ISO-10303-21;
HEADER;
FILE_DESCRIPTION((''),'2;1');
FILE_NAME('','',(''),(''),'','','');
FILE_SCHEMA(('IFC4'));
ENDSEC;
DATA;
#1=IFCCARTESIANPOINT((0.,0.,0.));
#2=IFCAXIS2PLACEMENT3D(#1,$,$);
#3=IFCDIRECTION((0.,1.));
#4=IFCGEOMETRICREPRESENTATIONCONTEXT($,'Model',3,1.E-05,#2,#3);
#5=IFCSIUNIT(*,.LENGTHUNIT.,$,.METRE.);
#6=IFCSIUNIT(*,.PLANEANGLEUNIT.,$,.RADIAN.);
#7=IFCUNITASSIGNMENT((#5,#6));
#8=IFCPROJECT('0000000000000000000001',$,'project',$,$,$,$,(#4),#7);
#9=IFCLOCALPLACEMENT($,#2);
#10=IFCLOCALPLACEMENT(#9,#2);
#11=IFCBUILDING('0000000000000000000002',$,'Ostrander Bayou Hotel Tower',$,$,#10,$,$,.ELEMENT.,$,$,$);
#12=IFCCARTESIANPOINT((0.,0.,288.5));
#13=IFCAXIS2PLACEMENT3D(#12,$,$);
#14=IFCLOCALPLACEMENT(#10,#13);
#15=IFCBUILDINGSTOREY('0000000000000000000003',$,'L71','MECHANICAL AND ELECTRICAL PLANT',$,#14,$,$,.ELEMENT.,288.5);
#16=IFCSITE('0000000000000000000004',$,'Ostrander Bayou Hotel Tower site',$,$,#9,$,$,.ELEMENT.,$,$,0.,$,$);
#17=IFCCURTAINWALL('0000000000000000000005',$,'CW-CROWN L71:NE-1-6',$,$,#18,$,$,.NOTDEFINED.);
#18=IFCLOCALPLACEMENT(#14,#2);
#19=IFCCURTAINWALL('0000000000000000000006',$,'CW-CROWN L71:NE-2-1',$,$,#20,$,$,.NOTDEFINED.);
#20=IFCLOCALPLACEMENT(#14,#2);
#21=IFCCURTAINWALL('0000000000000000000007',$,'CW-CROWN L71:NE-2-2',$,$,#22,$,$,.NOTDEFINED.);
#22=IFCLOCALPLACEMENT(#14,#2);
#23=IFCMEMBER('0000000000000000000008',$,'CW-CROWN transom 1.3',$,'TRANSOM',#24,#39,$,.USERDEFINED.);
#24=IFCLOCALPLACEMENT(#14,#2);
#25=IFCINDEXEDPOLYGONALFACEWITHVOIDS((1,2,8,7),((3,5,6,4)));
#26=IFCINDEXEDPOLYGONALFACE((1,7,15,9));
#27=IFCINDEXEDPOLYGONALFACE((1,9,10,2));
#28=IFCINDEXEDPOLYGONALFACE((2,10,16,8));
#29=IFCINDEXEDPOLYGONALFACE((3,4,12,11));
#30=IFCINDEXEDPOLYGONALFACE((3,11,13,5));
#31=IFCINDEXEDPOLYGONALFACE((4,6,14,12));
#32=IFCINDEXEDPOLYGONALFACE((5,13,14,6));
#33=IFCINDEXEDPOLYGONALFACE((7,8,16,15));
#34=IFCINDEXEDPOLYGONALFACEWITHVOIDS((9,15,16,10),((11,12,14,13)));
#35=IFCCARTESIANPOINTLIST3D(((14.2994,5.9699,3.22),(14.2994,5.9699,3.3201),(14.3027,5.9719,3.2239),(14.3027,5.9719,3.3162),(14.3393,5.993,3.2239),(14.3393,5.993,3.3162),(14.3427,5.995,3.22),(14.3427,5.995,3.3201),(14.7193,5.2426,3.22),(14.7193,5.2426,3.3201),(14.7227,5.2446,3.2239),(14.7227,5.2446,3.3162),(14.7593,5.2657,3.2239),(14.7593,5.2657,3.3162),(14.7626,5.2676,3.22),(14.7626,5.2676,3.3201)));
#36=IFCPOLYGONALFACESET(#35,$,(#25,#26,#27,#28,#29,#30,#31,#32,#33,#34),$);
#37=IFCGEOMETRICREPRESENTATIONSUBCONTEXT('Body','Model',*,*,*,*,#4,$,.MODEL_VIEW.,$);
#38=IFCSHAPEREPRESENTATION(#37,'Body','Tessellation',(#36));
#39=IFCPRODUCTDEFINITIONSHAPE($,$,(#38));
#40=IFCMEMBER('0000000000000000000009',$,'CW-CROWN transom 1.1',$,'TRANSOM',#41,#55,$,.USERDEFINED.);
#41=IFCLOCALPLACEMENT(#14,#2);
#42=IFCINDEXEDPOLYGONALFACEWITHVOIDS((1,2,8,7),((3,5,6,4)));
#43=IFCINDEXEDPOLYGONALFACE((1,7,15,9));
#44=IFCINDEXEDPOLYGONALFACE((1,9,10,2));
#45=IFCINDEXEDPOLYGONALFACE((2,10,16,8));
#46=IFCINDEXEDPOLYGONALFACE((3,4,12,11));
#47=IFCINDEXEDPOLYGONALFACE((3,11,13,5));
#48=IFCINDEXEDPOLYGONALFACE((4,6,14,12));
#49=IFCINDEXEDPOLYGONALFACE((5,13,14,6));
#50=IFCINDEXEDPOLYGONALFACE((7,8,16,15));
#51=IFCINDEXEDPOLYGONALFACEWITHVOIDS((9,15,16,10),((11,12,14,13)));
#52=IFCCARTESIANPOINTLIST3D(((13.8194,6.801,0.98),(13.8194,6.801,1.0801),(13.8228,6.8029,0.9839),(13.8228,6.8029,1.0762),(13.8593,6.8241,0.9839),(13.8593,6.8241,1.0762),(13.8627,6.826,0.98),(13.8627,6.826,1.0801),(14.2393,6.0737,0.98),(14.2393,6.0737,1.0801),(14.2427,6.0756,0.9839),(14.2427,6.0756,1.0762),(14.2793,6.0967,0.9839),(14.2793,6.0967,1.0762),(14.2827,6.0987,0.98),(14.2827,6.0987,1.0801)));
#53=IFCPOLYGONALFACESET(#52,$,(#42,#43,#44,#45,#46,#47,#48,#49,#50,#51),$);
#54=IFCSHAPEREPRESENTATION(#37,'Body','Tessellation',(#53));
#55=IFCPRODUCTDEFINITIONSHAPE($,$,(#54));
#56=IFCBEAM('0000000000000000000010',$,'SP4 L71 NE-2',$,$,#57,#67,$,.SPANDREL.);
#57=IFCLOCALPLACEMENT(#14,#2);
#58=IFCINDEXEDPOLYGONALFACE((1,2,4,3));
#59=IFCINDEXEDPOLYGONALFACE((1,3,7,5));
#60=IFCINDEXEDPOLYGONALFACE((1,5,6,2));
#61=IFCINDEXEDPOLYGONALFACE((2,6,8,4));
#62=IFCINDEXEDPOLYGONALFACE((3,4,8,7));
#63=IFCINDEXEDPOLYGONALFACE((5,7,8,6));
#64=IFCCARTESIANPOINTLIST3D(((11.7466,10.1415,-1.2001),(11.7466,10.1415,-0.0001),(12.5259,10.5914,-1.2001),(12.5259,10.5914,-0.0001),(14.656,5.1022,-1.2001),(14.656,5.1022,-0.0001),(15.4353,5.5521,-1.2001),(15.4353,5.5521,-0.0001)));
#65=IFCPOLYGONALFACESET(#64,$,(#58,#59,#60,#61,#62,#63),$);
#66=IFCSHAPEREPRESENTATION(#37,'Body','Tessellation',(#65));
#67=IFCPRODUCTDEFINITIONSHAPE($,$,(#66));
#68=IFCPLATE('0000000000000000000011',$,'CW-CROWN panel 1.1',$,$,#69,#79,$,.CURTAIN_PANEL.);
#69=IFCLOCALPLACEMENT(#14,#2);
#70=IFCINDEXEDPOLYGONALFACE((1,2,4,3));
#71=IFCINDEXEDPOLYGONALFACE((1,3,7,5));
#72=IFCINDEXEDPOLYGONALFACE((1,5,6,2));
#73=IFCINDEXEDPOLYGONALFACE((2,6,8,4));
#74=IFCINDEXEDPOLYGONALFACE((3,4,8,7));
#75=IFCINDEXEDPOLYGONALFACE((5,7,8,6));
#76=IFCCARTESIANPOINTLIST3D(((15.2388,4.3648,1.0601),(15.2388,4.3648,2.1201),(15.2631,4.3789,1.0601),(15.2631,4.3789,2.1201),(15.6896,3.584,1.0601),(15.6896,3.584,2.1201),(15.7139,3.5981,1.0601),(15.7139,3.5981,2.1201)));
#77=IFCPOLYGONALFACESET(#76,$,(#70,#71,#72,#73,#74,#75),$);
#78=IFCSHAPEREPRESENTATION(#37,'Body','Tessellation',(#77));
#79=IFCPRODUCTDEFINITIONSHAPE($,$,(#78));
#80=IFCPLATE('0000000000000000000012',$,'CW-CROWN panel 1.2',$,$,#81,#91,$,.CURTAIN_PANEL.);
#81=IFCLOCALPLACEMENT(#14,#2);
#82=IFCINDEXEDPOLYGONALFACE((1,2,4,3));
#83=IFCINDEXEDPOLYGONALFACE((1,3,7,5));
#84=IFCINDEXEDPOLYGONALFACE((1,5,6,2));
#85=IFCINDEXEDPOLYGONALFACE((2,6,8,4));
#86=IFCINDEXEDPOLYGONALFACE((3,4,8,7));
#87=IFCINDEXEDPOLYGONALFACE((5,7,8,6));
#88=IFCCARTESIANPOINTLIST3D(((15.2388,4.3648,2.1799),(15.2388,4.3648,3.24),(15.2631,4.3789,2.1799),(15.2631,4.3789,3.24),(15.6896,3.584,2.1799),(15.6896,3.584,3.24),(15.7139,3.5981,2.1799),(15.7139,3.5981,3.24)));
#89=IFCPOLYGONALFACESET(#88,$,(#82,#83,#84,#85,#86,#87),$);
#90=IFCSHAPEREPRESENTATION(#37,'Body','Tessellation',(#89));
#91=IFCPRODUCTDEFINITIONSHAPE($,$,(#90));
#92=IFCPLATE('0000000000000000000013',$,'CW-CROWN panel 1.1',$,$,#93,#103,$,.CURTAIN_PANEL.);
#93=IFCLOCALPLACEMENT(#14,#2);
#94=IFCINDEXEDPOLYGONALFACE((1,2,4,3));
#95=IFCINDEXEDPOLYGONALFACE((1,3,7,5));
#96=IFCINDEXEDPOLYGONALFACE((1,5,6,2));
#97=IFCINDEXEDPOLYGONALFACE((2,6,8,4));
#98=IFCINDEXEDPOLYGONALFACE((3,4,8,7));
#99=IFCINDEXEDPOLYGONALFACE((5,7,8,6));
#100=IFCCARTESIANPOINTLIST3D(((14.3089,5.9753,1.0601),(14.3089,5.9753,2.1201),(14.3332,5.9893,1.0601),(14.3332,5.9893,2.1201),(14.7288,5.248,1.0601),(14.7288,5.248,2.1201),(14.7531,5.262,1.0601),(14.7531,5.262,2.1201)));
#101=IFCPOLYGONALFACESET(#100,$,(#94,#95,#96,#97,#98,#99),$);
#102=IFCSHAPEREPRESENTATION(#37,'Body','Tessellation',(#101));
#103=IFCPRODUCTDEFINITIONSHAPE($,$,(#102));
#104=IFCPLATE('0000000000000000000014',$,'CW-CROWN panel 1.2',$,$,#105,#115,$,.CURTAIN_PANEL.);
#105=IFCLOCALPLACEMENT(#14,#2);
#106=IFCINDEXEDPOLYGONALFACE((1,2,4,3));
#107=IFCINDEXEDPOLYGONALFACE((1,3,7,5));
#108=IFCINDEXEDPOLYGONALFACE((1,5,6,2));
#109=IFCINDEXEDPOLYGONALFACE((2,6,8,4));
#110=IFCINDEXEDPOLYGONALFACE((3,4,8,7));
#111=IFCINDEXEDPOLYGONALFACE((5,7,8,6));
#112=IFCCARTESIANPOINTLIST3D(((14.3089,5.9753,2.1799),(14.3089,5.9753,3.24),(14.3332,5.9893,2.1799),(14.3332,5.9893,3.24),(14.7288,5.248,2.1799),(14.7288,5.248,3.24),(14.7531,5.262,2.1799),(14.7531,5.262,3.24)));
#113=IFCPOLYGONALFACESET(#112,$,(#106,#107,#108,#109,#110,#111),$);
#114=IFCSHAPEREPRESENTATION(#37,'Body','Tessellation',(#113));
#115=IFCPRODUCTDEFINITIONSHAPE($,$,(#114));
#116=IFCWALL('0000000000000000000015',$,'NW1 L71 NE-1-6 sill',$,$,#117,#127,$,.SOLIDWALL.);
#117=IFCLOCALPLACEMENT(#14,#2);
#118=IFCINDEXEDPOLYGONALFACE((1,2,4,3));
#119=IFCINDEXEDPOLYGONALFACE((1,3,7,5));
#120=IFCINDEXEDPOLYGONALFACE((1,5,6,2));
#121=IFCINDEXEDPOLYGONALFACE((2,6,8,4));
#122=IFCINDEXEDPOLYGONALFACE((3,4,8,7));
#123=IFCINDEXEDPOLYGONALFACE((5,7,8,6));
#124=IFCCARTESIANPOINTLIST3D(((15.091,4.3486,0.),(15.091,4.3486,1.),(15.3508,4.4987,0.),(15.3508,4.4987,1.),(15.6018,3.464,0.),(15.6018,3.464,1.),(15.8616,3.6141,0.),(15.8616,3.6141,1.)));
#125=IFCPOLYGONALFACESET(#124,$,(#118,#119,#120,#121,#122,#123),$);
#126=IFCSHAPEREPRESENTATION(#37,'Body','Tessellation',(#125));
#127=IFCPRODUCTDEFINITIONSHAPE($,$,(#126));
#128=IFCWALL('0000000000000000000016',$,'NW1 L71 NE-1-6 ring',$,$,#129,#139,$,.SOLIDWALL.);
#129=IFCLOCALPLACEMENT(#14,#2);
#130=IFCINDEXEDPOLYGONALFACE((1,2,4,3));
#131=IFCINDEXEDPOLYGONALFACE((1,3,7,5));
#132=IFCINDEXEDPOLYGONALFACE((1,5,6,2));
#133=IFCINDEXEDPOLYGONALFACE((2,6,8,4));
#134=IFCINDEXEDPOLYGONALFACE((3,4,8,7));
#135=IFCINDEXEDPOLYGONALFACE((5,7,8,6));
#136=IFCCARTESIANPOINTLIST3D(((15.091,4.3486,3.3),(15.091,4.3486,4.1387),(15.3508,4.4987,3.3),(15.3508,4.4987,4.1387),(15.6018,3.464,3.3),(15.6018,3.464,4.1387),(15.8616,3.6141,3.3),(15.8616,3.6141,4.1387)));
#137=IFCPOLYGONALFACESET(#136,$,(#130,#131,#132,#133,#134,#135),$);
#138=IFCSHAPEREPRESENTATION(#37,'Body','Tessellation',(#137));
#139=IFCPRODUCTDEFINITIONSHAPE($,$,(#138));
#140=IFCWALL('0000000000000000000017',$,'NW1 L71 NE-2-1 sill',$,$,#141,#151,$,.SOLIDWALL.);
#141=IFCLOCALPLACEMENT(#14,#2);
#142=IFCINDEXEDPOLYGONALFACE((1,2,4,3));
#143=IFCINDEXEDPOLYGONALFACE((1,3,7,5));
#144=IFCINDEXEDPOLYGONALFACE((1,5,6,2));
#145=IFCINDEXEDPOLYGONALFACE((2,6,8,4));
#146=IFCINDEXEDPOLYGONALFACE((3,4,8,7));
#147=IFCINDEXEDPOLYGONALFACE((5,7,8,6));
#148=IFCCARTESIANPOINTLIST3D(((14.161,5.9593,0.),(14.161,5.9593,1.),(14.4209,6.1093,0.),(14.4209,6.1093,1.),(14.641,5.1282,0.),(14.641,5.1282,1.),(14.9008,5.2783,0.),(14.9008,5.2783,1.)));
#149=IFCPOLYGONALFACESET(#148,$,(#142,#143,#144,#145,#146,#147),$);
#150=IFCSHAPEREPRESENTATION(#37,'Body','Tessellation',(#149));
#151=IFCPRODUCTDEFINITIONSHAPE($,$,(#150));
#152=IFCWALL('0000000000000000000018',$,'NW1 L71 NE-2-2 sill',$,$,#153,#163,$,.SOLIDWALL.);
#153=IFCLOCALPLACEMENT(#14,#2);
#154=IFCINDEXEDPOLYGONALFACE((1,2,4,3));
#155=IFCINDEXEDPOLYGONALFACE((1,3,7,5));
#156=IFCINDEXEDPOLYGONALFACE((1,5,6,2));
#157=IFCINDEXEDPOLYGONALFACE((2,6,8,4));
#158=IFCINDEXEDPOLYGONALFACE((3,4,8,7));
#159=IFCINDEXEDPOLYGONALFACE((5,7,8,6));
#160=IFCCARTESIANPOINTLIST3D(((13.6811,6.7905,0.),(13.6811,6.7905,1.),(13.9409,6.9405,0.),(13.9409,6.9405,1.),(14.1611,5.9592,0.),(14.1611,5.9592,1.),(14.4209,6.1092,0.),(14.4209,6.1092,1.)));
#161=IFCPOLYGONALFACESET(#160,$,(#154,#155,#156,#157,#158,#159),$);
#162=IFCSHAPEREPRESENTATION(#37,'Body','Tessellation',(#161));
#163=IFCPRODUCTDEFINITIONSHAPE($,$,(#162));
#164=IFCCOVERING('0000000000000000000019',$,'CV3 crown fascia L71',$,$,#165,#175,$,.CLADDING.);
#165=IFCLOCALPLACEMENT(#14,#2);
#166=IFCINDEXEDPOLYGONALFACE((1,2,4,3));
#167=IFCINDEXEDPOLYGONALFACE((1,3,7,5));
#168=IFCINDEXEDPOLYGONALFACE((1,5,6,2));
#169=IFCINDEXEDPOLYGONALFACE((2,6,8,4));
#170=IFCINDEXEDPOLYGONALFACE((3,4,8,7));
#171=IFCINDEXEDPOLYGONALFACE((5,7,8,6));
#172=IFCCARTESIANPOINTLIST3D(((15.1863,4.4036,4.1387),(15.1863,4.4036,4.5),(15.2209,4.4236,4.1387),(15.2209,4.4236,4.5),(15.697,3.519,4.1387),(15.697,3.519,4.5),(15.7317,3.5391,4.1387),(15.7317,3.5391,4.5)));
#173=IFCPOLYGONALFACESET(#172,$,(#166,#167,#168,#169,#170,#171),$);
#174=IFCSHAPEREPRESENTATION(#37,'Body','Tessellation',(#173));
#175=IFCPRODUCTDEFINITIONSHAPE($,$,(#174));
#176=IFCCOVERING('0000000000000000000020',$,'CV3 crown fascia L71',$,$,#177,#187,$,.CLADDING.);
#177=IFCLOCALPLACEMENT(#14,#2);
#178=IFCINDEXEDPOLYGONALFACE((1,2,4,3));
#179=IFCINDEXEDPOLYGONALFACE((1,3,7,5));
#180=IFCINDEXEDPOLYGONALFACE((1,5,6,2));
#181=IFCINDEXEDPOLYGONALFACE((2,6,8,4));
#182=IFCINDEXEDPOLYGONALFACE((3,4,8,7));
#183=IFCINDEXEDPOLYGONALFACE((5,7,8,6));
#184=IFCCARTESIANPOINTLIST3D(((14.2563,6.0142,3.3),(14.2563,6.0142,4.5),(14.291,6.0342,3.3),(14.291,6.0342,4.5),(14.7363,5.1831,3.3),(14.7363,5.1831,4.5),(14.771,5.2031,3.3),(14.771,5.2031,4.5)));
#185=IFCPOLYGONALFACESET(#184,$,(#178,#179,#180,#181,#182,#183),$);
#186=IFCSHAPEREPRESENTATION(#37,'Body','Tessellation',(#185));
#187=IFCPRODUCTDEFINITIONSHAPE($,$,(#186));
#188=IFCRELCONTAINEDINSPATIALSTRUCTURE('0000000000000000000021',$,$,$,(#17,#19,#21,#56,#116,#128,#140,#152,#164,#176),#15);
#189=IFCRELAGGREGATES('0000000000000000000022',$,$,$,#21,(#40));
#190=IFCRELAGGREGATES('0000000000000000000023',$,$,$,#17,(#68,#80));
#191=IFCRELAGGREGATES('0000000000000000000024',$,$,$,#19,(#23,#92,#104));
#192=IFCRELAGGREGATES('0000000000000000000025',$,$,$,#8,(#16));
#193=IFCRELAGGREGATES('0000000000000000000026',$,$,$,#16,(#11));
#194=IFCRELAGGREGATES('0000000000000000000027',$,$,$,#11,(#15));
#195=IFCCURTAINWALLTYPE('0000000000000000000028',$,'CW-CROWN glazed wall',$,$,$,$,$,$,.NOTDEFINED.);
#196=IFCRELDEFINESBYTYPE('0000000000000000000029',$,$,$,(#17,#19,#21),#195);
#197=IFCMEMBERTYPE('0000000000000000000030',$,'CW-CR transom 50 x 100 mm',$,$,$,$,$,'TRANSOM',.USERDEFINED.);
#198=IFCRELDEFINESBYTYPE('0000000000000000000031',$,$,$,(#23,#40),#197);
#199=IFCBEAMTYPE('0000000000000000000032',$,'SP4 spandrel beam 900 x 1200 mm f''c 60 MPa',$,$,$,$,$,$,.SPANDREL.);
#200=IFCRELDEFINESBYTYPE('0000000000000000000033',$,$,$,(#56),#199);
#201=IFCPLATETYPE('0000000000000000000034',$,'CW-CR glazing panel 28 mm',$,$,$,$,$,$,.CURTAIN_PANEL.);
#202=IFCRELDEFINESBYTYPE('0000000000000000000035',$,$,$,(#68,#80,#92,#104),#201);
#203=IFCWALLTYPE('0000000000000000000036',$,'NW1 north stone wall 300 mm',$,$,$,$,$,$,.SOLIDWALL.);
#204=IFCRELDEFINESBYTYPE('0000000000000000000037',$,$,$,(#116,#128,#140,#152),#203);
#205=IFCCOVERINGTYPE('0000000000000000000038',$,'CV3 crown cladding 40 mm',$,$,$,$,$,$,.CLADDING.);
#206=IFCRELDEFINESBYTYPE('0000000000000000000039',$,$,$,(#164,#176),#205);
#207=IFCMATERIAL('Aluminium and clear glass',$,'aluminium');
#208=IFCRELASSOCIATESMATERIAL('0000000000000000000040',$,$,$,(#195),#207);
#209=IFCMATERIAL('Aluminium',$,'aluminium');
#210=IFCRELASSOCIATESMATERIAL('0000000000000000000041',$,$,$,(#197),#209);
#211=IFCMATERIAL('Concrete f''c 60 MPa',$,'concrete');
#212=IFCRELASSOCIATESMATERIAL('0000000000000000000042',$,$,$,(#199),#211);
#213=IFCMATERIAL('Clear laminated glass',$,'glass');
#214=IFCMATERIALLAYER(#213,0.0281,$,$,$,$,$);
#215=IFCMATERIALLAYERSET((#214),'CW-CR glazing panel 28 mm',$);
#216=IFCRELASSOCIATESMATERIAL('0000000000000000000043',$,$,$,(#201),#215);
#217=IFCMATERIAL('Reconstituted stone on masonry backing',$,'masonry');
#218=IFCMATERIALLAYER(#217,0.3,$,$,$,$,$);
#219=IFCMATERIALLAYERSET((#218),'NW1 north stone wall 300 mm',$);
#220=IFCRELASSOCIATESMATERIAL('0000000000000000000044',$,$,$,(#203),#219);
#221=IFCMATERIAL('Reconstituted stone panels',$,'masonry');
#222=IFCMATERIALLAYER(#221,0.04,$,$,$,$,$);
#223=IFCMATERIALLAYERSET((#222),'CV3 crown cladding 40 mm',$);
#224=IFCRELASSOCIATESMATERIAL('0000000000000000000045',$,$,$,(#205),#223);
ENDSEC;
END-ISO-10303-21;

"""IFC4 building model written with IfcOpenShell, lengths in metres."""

from ifc_helpers import new_model, si_unit, direction, frame, frame_2d, origin, origin_2d, place, context, subcontext, project, spatial, polyline, rectangle, hollow_rectangle, outline, extrude, material, layer, layer_set, material_profile, profile_set, type_object, element, aggregate, save


model = new_model("IFC4")

# Units and contexts
model_context = context("Model", 3, precision=1e-05, world=origin(), true_north=direction((0.0, 1.0)))
body_context = subcontext(model_context, "Body", "Model", "MODEL_VIEW")
ifc_project = project(units=[si_unit("LENGTHUNIT", "METRE"), si_unit("PLANEANGLEUNIT", "RADIAN")], contexts=[model_context])

# Site, building, storey
site_placement = place(None, origin())
site = spatial("IfcSite", under=ifc_project, at=site_placement, Name="Ostrander Bayou Hotel Tower site", CompositionType="ELEMENT", RefElevation=0.0)
building_placement = place(site_placement, origin())
building = spatial("IfcBuilding", under=site, at=building_placement, Name="Ostrander Bayou Hotel Tower", CompositionType="ELEMENT")
storey_placement = place(building_placement, frame((0.0, 0.0, 288.5)))
storey = spatial("IfcBuildingStorey", under=building, at=storey_placement, Name="L71", Description="MECHANICAL AND ELECTRICAL PLANT", CompositionType="ELEMENT", Elevation=288.5)

# Curtain walls
ifc_material_1 = material(Name="Aluminium and clear glass", Category="aluminium")
curtain_wall_type = type_object("IfcCurtainWallType", Name="CW-CROWN glazed wall", PredefinedType="NOTDEFINED", material=ifc_material_1)
curtain_wall_1_placement = place(storey_placement, origin())
curtain_wall_1 = element("IfcCurtainWall", 1, at=curtain_wall_1_placement, inside=storey, type_object=curtain_wall_type, Name="CW-CROWN L71:NE-1-6", PredefinedType="NOTDEFINED")
curtain_wall_2_placement = place(storey_placement, origin())
curtain_wall_2 = element("IfcCurtainWall", 2, at=curtain_wall_2_placement, inside=storey, type_object=curtain_wall_type, Name="CW-CROWN L71:NE-2-1", PredefinedType="NOTDEFINED")

# Curtain wall
curtain_wall_3_placement = place(storey_placement, origin())
curtain_wall_3 = element("IfcCurtainWall", 3, at=curtain_wall_3_placement, inside=storey, type_object=curtain_wall_type, Name="CW-CROWN L71:NE-2-2", PredefinedType="NOTDEFINED")

# Members
ifc_material_2 = material(Name="Aluminium", Category="aluminium")
ifc_material_profile_1 = material_profile(ifc_material_2, hollow_rectangle(XDim=0.05, YDim=0.1001, WallThickness=0.0039, at=origin_2d()))
ifc_profile_set_1 = profile_set([ifc_material_profile_1], Name="Aluminium")
member_type_1 = type_object("IfcMemberType", Name="CW-CR transom 50 x 100 mm", ElementType="TRANSOM", PredefinedType="USERDEFINED", material=ifc_profile_set_1)
member_1_placement = place(storey_placement, frame((14.741, 5.2551, 3.27), z_axis=(-0.500016, 0.866016, 0.0), x_axis=(-0.866016, -0.500016, 0.0)))
member_1 = element("IfcMember", 4, at=member_1_placement, type_object=member_type_1, Name="CW-CROWN transom 1.3", ObjectType="TRANSOM", PredefinedType="USERDEFINED", context=body_context, shape_type="SweptSolid", body=[
    extrude(hollow_rectangle(XDim=0.05, YDim=0.1001, WallThickness=0.0039, at=origin_2d()), origin(), (0.0, 0.0, 1.0), 0.8398),
])
member_2_placement = place(storey_placement, frame((14.261, 6.0862, 1.03), z_axis=(-0.500016, 0.866016, 0.0), x_axis=(-0.866016, -0.500016, 0.0)))
member_2 = element("IfcMember", 5, at=member_2_placement, type_object=member_type_1, Name="CW-CROWN transom 1.1", ObjectType="TRANSOM", PredefinedType="USERDEFINED", context=body_context, shape_type="SweptSolid", body=[
    extrude(hollow_rectangle(XDim=0.05, YDim=0.1001, WallThickness=0.0039, at=origin_2d()), origin(), (0.0, 0.0, 1.0), 0.8398),
])
aggregate(curtain_wall_3, [member_2])

# Beam
ifc_material_3 = material(Name="Concrete f'c 60 MPa", Category="concrete")
ifc_material_profile_2 = material_profile(ifc_material_3, rectangle(XDim=0.8999, YDim=1.2, at=origin_2d()))
ifc_profile_set_2 = profile_set([ifc_material_profile_2], Name="Concrete f'c 60 MPa")
beam_type = type_object("IfcBeamType", Name="SP4 spandrel beam 900 x 1200 mm f'c 60 MPa", PredefinedType="SPANDREL", material=ifc_profile_set_2)
beam_placement = place(storey_placement, frame((15.0457, 5.3271, -0.6001), z_axis=(-0.499997, 0.866027, 0.0), x_axis=(-0.866027, -0.499997, 0.0)))
element("IfcBeam", 6, at=beam_placement, inside=storey, type_object=beam_type, Name="SP4 L71 NE-2", PredefinedType="SPANDREL", context=body_context, shape_type="SweptSolid", body=[
    extrude(rectangle(XDim=0.8999, YDim=1.2, at=origin_2d()), origin(), (0.0, 0.0, 1.0), 5.8188),
])

# Plates
ifc_material_4 = material(Name="Clear laminated glass", Category="glass")
ifc_layer_1 = layer(ifc_material_4, 0.0281)
ifc_layer_set_1 = layer_set([ifc_layer_1], Name="CW-CR glazing panel 28 mm")
plate_type = type_object("IfcPlateType", Name="CW-CR glazing panel 28 mm", PredefinedType="CURTAIN_PANEL", material=ifc_layer_set_1)
plate_1_placement = place(storey_placement, frame((15.4763, 3.9814, 1.0601), z_axis=(0.0, 0.0, 1.0), x_axis=(-0.500013, 0.866018, 0.0)))
plate_1 = element("IfcPlate", 7, at=plate_1_placement, type_object=plate_type, Name="CW-CROWN panel 1.1", PredefinedType="CURTAIN_PANEL", context=body_context, shape_type="SweptSolid", body=[
    extrude(rectangle(XDim=0.9016, YDim=0.0281, at=origin_2d()), origin(), (0.0, 0.0, 1.0), 1.0601),
])
plate_2_placement = place(storey_placement, frame((15.4763, 3.9814, 2.1799), z_axis=(0.0, 0.0, 1.0), x_axis=(-0.500013, 0.866018, 0.0)))
plate_2 = element("IfcPlate", 8, at=plate_2_placement, type_object=plate_type, Name="CW-CROWN panel 1.2", PredefinedType="CURTAIN_PANEL", context=body_context, shape_type="SweptSolid", body=[
    extrude(rectangle(XDim=0.9016, YDim=0.0281, at=origin_2d()), origin(), (0.0, 0.0, 1.0), 1.0601),
])
aggregate(curtain_wall_1, [plate_1, plate_2])
plate_3_placement = place(storey_placement, frame((14.531, 5.6187, 1.0601), z_axis=(0.0, 0.0, 1.0), x_axis=(-0.500005, 0.866022, 0.0)))
plate_3 = element("IfcPlate", 9, at=plate_3_placement, type_object=plate_type, Name="CW-CROWN panel 1.1", PredefinedType="CURTAIN_PANEL", context=body_context, shape_type="SweptSolid", body=[
    extrude(rectangle(XDim=0.8398, YDim=0.0281, at=origin_2d()), origin(), (0.0, 0.0, 1.0), 1.0601),
])
plate_4_placement = place(storey_placement, frame((14.531, 5.6187, 2.1799), z_axis=(0.0, 0.0, 1.0), x_axis=(-0.500005, 0.866022, 0.0)))
plate_4 = element("IfcPlate", 10, at=plate_4_placement, type_object=plate_type, Name="CW-CROWN panel 1.2", PredefinedType="CURTAIN_PANEL", context=body_context, shape_type="SweptSolid", body=[
    extrude(rectangle(XDim=0.8398, YDim=0.0281, at=origin_2d()), origin(), (0.0, 0.0, 1.0), 1.0601),
])
aggregate(curtain_wall_2, [member_1, plate_3, plate_4])

# Walls
ifc_material_5 = material(Name="Reconstituted stone on masonry backing", Category="masonry")
ifc_layer_2 = layer(ifc_material_5, 0.3)
ifc_layer_set_2 = layer_set([ifc_layer_2], Name="NW1 north stone wall 300 mm")
wall_type = type_object("IfcWallType", Name="NW1 north stone wall 300 mm", PredefinedType="SOLIDWALL", material=ifc_layer_set_2)
wall_1_placement = place(storey_placement, frame((15.7317, 3.5391, 0.0), z_axis=(0.0, 0.0, 1.0), x_axis=(-0.500047, 0.865998, 0.0)))
element("IfcWall", 11, at=wall_1_placement, inside=storey, type_object=wall_type, Name="NW1 L71 NE-1-6 sill", PredefinedType="SOLIDWALL", context=body_context, shape_type="SweptSolid", body=[
    extrude(rectangle(XDim=1.0215, YDim=0.3, at=frame_2d((0.5107, 0.0))), origin(), (0.0, 0.0, 1.0), 1.0),
])
wall_2_placement = place(storey_placement, frame((15.7317, 3.5391, 3.3), z_axis=(0.0, 0.0, 1.0), x_axis=(-0.500047, 0.865998, 0.0)))
element("IfcWall", 12, at=wall_2_placement, inside=storey, type_object=wall_type, Name="NW1 L71 NE-1-6 ring", PredefinedType="SOLIDWALL", context=body_context, shape_type="SweptSolid", body=[
    extrude(rectangle(XDim=1.0215, YDim=0.3, at=frame_2d((0.5107, 0.0))), origin(), (0.0, 0.0, 1.0), 0.8386),
])
wall_3_placement = place(storey_placement, frame((14.771, 5.2031, 0.0), z_axis=(0.0, 0.0, 1.0), x_axis=(-0.500133, 0.865948, 0.0)))
element("IfcWall", 13, at=wall_3_placement, inside=storey, type_object=wall_type, Name="NW1 L71 NE-2-1 sill", PredefinedType="SOLIDWALL", context=body_context, shape_type="SweptSolid", body=[
    extrude(rectangle(XDim=0.9597, YDim=0.3, at=frame_2d((0.48, 0.0))), origin(), (0.0, 0.0, 1.0), 1.0),
])
wall_4_placement = place(storey_placement, frame((14.291, 6.0342, 0.0), z_axis=(0.0, 0.0, 1.0), x_axis=(-0.500023, 0.866012, 0.0)))
element("IfcWall", 14, at=wall_4_placement, inside=storey, type_object=wall_type, Name="NW1 L71 NE-2-2 sill", PredefinedType="SOLIDWALL", context=body_context, shape_type="SweptSolid", body=[
    extrude(rectangle(XDim=0.96, YDim=0.3, at=frame_2d((0.48, 0.0))), origin(), (0.0, 0.0, 1.0), 1.0),
])

# Coverings
ifc_material_6 = material(Name="Reconstituted stone panels", Category="masonry")
ifc_layer_3 = layer(ifc_material_6, 0.04)
ifc_layer_set_3 = layer_set([ifc_layer_3], Name="CV3 crown cladding 40 mm")
covering_type = type_object("IfcCoveringType", Name="CV3 crown cladding 40 mm", PredefinedType="CLADDING", material=ifc_layer_set_3)
covering_1_placement = place(storey_placement, frame((15.7317, 3.5391, 4.1387), z_axis=(0.865998, 0.500047, 0.0), x_axis=(-0.500047, 0.865998, 0.0)))
element("IfcCovering", 15, at=covering_1_placement, inside=storey, type_object=covering_type, Name="CV3 crown fascia L71", PredefinedType="CLADDING", context=body_context, shape_type="SweptSolid", body=[
    extrude(outline(polyline([(0.0, 0.0), (1.0214, 0.0), (1.0214, 0.3613), (0.0, 0.3613), (0.0, 0.0)])), origin(), (0.0, 0.0, -1.0), 0.04),
])
covering_2_placement = place(storey_placement, frame((14.771, 5.2031, 3.3), z_axis=(0.865948, 0.500133, 0.0), x_axis=(-0.500133, 0.865948, 0.0)))
element("IfcCovering", 16, at=covering_2_placement, inside=storey, type_object=covering_type, Name="CV3 crown fascia L71", PredefinedType="CLADDING", context=body_context, shape_type="SweptSolid", body=[
    extrude(outline(polyline([(0.0, 0.0), (0.9597, 0.0), (0.9597, 1.2), (0.0, 1.2), (0.0, 0.0)])), origin(), (0.0, 0.0, -1.0), 0.04),
])

save(model, "model.ifc")
